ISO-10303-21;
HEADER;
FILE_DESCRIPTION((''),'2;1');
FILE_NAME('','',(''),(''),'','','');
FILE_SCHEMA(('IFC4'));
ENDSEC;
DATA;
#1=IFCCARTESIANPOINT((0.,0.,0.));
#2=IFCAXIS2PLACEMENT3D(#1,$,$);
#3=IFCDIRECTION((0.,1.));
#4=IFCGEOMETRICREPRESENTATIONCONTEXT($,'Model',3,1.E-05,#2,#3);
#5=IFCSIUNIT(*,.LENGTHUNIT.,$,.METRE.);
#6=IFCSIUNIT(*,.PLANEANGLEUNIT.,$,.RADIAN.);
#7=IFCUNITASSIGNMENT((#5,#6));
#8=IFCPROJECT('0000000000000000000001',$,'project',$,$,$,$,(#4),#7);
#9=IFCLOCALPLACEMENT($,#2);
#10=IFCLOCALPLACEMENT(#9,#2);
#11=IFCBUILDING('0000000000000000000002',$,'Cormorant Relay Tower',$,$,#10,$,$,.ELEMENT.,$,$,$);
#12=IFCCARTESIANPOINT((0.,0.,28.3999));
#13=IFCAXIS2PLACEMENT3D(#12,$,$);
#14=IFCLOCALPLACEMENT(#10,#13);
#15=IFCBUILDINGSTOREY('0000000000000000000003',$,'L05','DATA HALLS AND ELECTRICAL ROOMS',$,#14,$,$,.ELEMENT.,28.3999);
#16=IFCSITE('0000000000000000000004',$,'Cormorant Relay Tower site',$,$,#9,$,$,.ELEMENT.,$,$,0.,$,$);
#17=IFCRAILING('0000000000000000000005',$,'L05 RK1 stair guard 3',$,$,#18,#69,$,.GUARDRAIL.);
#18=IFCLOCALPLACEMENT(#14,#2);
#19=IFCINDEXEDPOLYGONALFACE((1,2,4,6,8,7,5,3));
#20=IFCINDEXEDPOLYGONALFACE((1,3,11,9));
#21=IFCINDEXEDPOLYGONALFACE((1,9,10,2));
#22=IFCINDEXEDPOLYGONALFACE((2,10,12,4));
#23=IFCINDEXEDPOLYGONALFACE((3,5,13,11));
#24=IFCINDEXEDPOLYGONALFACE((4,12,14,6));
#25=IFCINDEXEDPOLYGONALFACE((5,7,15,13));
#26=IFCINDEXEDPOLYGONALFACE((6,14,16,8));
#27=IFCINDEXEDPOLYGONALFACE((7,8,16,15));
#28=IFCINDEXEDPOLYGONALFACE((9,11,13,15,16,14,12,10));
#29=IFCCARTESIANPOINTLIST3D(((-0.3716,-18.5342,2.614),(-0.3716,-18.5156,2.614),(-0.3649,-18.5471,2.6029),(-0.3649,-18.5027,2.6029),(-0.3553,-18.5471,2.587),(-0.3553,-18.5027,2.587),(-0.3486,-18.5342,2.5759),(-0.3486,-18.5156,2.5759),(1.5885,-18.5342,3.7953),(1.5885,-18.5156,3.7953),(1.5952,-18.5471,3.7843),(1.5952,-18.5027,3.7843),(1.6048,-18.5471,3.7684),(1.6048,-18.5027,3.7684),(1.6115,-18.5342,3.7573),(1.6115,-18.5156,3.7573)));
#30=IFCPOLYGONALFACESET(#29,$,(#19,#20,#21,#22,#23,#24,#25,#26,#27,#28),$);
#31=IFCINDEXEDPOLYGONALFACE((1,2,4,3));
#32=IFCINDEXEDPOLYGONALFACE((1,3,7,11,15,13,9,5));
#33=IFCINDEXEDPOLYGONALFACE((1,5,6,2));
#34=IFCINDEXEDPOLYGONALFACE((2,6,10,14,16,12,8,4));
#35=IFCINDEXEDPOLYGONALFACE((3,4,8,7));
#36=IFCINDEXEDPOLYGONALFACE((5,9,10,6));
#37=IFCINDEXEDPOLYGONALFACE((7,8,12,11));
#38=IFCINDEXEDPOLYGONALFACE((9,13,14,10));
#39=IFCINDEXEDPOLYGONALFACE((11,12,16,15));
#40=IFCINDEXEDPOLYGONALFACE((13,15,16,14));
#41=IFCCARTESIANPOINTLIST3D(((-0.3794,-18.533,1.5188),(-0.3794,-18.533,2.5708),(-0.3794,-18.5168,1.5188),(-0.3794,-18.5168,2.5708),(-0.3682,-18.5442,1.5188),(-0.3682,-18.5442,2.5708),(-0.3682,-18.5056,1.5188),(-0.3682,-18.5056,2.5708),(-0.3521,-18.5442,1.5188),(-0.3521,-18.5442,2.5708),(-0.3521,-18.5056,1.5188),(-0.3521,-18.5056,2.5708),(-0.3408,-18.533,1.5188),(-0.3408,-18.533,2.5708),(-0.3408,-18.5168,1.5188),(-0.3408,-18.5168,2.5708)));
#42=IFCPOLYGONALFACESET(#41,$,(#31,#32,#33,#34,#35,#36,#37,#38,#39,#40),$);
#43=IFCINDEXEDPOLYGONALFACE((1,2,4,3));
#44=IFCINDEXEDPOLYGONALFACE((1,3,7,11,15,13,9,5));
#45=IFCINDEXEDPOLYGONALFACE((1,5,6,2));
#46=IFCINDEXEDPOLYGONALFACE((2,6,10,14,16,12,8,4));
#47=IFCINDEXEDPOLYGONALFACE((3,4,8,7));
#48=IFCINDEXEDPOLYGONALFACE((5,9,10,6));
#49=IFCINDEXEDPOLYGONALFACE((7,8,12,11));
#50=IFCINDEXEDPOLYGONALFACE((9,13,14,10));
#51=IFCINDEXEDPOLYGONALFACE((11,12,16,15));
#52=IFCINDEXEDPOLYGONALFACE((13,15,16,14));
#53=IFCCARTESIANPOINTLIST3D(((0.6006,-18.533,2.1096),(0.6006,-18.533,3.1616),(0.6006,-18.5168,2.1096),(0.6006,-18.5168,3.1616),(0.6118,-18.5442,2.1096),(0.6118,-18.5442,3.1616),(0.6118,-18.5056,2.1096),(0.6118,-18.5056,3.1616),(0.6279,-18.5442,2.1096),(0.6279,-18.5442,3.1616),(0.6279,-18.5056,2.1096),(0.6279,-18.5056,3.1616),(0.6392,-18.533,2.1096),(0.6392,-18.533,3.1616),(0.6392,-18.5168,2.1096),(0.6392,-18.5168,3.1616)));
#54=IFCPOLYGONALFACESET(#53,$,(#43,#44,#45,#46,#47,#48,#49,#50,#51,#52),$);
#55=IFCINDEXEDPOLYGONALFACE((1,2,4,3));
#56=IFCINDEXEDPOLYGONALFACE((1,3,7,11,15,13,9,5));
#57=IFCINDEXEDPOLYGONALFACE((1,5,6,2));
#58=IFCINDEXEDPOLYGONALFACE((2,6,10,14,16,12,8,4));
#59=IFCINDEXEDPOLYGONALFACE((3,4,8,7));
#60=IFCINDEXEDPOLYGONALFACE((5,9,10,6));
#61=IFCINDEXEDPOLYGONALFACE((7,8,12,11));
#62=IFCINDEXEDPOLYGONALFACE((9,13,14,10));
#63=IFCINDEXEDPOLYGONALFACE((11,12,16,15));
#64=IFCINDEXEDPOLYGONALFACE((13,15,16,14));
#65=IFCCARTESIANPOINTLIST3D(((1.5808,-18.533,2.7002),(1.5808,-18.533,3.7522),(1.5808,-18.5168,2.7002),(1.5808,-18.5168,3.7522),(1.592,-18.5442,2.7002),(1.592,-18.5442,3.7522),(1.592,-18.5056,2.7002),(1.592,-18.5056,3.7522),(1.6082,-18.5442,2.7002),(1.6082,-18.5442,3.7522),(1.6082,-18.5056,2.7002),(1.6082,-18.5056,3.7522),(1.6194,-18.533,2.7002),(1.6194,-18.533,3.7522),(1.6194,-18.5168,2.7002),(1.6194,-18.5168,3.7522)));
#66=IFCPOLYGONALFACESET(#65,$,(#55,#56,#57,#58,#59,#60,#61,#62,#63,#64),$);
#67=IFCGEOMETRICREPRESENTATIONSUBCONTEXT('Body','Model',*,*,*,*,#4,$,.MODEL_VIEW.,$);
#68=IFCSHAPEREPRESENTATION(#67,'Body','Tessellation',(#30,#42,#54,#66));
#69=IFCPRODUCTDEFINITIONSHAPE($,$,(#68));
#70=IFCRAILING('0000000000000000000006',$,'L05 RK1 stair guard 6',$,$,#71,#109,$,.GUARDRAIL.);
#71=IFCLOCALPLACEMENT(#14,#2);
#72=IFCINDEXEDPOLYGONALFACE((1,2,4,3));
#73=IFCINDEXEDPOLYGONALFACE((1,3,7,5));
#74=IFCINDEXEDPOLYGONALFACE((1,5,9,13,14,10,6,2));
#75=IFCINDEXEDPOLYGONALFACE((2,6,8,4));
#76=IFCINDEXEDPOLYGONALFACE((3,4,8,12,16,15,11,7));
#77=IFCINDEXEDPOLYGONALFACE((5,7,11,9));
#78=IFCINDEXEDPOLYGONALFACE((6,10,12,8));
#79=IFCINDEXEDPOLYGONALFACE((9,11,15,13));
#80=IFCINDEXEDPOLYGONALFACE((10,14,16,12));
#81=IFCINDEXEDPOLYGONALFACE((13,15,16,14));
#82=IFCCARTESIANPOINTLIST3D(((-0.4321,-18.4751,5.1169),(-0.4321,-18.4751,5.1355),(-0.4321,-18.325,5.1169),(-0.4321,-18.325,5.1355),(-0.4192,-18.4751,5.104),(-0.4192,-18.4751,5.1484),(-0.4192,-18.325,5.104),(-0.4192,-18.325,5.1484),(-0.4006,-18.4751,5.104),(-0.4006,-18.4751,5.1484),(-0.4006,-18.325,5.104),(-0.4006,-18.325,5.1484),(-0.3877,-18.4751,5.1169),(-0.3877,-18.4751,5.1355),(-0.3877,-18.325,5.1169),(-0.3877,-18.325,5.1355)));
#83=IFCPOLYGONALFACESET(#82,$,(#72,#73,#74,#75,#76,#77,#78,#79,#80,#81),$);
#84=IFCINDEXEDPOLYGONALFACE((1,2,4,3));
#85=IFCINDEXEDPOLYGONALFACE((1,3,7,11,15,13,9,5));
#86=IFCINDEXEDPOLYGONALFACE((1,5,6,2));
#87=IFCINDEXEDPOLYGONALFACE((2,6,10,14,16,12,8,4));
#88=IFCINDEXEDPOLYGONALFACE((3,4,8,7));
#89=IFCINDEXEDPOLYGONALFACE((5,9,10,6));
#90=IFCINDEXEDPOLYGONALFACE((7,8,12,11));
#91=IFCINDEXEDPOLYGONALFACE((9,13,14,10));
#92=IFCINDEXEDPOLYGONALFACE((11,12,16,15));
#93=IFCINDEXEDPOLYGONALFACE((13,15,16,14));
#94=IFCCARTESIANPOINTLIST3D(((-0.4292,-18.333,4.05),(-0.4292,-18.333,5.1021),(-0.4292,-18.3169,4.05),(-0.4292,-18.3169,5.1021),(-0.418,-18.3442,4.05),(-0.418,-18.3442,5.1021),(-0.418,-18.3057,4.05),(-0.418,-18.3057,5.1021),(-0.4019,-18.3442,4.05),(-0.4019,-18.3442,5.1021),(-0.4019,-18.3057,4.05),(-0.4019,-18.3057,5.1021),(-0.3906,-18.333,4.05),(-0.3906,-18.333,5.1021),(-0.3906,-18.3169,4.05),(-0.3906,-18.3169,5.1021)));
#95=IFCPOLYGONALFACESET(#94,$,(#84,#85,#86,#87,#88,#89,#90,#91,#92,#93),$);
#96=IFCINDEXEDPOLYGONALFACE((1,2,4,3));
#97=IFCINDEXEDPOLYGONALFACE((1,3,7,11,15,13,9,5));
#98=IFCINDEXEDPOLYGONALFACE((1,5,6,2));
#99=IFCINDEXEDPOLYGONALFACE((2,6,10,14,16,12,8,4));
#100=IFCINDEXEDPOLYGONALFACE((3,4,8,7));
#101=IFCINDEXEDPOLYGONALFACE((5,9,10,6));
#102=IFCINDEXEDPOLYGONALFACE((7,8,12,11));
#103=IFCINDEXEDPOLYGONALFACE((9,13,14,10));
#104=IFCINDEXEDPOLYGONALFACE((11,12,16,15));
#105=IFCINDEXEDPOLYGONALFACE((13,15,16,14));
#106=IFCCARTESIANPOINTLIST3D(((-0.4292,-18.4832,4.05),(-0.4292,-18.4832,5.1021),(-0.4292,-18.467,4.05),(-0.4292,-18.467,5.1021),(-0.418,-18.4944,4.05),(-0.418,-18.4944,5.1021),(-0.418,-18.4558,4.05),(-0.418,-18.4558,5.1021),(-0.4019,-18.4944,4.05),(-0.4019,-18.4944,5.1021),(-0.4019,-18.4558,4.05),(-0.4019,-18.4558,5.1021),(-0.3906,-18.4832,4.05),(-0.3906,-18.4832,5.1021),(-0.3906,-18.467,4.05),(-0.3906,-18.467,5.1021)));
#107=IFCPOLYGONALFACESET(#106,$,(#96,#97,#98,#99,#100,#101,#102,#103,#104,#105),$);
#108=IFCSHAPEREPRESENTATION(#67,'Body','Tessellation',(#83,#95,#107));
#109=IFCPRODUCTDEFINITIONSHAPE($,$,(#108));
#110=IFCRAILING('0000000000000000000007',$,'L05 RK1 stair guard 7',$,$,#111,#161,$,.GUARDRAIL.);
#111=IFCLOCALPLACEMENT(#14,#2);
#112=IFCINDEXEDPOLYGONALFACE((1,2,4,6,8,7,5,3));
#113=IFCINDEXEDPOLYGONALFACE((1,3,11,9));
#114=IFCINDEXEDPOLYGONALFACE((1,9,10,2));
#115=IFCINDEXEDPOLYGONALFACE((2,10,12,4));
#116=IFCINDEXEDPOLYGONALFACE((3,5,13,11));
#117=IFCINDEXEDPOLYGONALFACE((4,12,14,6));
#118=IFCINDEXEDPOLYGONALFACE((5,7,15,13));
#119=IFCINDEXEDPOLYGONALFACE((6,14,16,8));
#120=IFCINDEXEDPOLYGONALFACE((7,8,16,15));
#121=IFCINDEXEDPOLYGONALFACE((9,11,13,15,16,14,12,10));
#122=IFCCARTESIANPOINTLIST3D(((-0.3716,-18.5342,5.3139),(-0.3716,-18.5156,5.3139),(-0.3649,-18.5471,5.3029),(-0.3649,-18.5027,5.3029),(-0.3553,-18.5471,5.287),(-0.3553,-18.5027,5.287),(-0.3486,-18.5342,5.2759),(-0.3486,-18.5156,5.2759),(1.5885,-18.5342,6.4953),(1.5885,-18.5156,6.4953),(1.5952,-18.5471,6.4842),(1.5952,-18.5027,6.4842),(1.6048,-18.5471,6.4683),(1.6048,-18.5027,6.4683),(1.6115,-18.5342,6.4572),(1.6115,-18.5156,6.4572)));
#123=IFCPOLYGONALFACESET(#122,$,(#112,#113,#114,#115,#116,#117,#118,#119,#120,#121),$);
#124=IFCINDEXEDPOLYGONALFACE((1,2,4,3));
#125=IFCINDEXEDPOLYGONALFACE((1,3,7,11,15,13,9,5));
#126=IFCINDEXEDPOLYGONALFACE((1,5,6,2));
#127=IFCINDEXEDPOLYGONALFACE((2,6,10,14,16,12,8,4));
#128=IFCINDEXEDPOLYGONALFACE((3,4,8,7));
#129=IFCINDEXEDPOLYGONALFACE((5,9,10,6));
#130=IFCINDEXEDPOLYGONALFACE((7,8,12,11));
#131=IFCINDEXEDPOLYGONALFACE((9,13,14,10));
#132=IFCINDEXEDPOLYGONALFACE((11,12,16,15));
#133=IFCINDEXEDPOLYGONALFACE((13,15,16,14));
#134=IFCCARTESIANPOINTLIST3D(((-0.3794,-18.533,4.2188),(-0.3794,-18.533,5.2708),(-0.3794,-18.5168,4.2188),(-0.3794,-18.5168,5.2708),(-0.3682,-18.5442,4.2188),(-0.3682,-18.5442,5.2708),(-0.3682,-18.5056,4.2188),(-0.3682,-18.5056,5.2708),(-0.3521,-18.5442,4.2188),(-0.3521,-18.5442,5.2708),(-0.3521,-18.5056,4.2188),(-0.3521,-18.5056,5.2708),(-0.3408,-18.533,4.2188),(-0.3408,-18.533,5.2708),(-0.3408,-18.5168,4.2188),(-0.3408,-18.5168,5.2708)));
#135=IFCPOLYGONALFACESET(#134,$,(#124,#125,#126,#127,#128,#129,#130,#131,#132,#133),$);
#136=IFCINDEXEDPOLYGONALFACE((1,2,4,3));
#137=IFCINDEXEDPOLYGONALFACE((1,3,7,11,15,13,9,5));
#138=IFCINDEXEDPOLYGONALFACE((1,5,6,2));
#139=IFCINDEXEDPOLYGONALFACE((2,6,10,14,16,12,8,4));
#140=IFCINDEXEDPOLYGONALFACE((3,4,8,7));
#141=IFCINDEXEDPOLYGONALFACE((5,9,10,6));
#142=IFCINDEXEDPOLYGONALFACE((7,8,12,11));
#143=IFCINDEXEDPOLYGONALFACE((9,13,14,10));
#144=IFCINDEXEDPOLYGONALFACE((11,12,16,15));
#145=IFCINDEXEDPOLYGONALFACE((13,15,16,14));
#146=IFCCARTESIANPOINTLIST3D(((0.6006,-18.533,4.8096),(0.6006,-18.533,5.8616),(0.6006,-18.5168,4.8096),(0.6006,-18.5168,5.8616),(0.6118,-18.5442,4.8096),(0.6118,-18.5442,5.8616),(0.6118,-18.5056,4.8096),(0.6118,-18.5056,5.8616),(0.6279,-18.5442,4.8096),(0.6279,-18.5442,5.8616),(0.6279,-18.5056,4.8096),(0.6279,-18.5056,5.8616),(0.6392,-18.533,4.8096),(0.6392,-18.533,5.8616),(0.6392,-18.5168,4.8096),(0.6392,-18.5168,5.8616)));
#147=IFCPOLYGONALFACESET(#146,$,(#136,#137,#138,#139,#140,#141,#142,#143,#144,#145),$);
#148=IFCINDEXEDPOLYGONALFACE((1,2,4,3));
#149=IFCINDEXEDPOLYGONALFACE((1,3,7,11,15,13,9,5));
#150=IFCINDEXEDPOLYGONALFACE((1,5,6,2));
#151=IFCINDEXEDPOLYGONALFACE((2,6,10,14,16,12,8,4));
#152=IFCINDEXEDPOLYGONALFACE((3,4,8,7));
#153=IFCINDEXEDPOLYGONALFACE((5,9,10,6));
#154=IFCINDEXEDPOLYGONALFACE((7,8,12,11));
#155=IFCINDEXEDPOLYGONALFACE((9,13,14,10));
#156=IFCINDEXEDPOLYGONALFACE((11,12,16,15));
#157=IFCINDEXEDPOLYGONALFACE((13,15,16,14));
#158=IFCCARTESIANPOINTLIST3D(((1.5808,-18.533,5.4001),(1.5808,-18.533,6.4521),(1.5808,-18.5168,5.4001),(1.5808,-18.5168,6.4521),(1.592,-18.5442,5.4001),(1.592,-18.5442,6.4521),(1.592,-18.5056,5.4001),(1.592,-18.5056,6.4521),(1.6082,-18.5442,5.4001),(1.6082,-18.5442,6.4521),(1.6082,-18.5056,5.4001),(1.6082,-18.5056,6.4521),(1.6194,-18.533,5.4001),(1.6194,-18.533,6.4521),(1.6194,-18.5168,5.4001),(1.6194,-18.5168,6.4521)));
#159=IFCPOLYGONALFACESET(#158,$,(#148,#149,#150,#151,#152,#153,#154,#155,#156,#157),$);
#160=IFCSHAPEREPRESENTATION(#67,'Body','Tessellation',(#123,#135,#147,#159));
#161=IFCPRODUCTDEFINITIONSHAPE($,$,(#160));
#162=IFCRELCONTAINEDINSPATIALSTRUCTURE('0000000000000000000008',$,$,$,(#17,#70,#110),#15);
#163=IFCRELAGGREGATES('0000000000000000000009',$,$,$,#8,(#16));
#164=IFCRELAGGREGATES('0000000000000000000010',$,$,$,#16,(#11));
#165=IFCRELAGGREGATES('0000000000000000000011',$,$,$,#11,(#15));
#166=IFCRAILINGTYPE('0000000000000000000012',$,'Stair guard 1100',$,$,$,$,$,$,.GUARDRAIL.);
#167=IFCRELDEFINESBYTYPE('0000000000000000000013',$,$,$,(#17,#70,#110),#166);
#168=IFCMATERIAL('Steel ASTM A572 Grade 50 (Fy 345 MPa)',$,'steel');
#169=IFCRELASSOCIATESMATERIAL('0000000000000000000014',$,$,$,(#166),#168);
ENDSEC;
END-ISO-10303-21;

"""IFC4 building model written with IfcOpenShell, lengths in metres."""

from ifc_helpers import new_model, si_unit, direction, frame, origin, place, context, subcontext, project, spatial, polyline, outline, extrude, material, type_object, element, save


model = new_model("IFC4")

# Units and contexts
model_context = context("Model", 3, precision=1e-05, world=origin(), true_north=direction((0.0, 1.0)))
body_context = subcontext(model_context, "Body", "Model", "MODEL_VIEW")
ifc_project = project(units=[si_unit("LENGTHUNIT", "METRE"), si_unit("PLANEANGLEUNIT", "RADIAN")], contexts=[model_context])

# Site, building, storey
site_placement = place(None, origin())
site = spatial("IfcSite", under=ifc_project, at=site_placement, Name="Cormorant Relay Tower site", CompositionType="ELEMENT", RefElevation=0.0)
building_placement = place(site_placement, origin())
building = spatial("IfcBuilding", under=site, at=building_placement, Name="Cormorant Relay Tower", CompositionType="ELEMENT")
storey_placement = place(building_placement, frame((0.0, 0.0, 28.3999)))
storey = spatial("IfcBuildingStorey", under=building, at=storey_placement, Name="L05", Description="DATA HALLS AND ELECTRICAL ROOMS", CompositionType="ELEMENT", Elevation=28.3999)

# Railings
ifc_material_1 = material(Name="Steel ASTM A572 Grade 50 (Fy 345 MPa)", Category="steel")
railing_type_1 = type_object("IfcRailingType", Name="Stair guard 1100", PredefinedType="GUARDRAIL", material=ifc_material_1)
railing_1_placement = place(storey_placement, frame((-0.3601, -18.5249, 1.5188)))
element("IfcRailing", 1, at=railing_1_placement, inside=storey, type_object=railing_type_1, Name="L05 RK1 stair guard 3", PredefinedType="GUARDRAIL", context=body_context, shape_type="SweptSolid", body=[
    extrude(outline(polyline([(0.0222, 0.0093), (0.0093, 0.0222), (-0.0093, 0.0222), (-0.0222, 0.0093), (-0.0222, -0.0093), (-0.0093, -0.0222), (0.0093, -0.0222), (0.0222, -0.0093), (0.0222, 0.0093)])), frame((0.0, 0.0, 1.0762), z_axis=(0.856475, 0.0, 0.516189), x_axis=(0.0, 1.0, 0.0)), (0.0, 0.0, 1.0), 2.2886),
    extrude(outline(polyline([(0.0193, 0.0081), (0.0081, 0.0193), (-0.0081, 0.0193), (-0.0193, 0.0081), (-0.0193, -0.0081), (-0.0081, -0.0193), (0.0081, -0.0193), (0.0193, -0.0081), (0.0193, 0.0081)])), origin(), (0.0, 0.0, 1.0), 1.052),
    extrude(outline(polyline([(0.0193, 0.0081), (0.0081, 0.0193), (-0.0081, 0.0193), (-0.0193, 0.0081), (-0.0193, -0.0081), (-0.0081, -0.0193), (0.0081, -0.0193), (0.0193, -0.0081), (0.0193, 0.0081)])), frame((0.98, 0.0, 0.5908)), (0.0, 0.0, 1.0), 1.052),
    extrude(outline(polyline([(0.0193, 0.0081), (0.0081, 0.0193), (-0.0081, 0.0193), (-0.0193, 0.0081), (-0.0193, -0.0081), (-0.0081, -0.0193), (0.0081, -0.0193), (0.0193, -0.0081), (0.0193, 0.0081)])), frame((1.9602, 0.0, 1.1814)), (0.0, 0.0, 1.0), 1.052),
])
railing_2_placement = place(storey_placement, frame((-0.4099, -18.325, 4.05)))
element("IfcRailing", 2, at=railing_2_placement, inside=storey, type_object=railing_type_1, Name="L05 RK1 stair guard 6", PredefinedType="GUARDRAIL", context=body_context, shape_type="SweptSolid", body=[
    extrude(outline(polyline([(0.0222, 0.0093), (0.0093, 0.0222), (-0.0093, 0.0222), (-0.0222, 0.0093), (-0.0222, -0.0093), (-0.0093, -0.0222), (0.0093, -0.0222), (0.0222, -0.0093), (0.0222, 0.0093)])), frame((0.0, 0.0, 1.0762), z_axis=(0.0, -1.0, 0.0), x_axis=(1.0, 0.0, 0.0)), (0.0, 0.0, 1.0), 0.1501),
    extrude(outline(polyline([(0.0193, 0.0081), (0.0081, 0.0193), (-0.0081, 0.0193), (-0.0193, 0.0081), (-0.0193, -0.0081), (-0.0081, -0.0193), (0.0081, -0.0193), (0.0193, -0.0081), (0.0193, 0.0081)])), origin(), (0.0, 0.0, 1.0), 1.052),
    extrude(outline(polyline([(0.0193, 0.0081), (0.0081, 0.0193), (-0.0081, 0.0193), (-0.0193, 0.0081), (-0.0193, -0.0081), (-0.0081, -0.0193), (0.0081, -0.0193), (0.0193, -0.0081), (0.0193, 0.0081)])), frame((0.0, -0.1501, 0.0)), (0.0, 0.0, 1.0), 1.052),
])
railing_3_placement = place(storey_placement, frame((-0.3601, -18.5249, 4.2188)))
element("IfcRailing", 3, at=railing_3_placement, inside=storey, type_object=railing_type_1, Name="L05 RK1 stair guard 7", PredefinedType="GUARDRAIL", context=body_context, shape_type="SweptSolid", body=[
    extrude(outline(polyline([(0.0222, 0.0093), (0.0093, 0.0222), (-0.0093, 0.0222), (-0.0222, 0.0093), (-0.0222, -0.0093), (-0.0093, -0.0222), (0.0093, -0.0222), (0.0222, -0.0093), (0.0222, 0.0093)])), frame((0.0, 0.0, 1.0762), z_axis=(0.856475, 0.0, 0.516189), x_axis=(0.0, 1.0, 0.0)), (0.0, 0.0, 1.0), 2.2886),
    extrude(outline(polyline([(0.0193, 0.0081), (0.0081, 0.0193), (-0.0081, 0.0193), (-0.0193, 0.0081), (-0.0193, -0.0081), (-0.0081, -0.0193), (0.0081, -0.0193), (0.0193, -0.0081), (0.0193, 0.0081)])), origin(), (0.0, 0.0, 1.0), 1.052),
    extrude(outline(polyline([(0.0193, 0.0081), (0.0081, 0.0193), (-0.0081, 0.0193), (-0.0193, 0.0081), (-0.0193, -0.0081), (-0.0081, -0.0193), (0.0081, -0.0193), (0.0193, -0.0081), (0.0193, 0.0081)])), frame((0.98, 0.0, 0.5908)), (0.0, 0.0, 1.0), 1.052),
    extrude(outline(polyline([(0.0193, 0.0081), (0.0081, 0.0193), (-0.0081, 0.0193), (-0.0193, 0.0081), (-0.0193, -0.0081), (-0.0081, -0.0193), (0.0081, -0.0193), (0.0193, -0.0081), (0.0193, 0.0081)])), frame((1.9602, 0.0, 1.1814)), (0.0, 0.0, 1.0), 1.052),
])

save(model, "model.ifc")
